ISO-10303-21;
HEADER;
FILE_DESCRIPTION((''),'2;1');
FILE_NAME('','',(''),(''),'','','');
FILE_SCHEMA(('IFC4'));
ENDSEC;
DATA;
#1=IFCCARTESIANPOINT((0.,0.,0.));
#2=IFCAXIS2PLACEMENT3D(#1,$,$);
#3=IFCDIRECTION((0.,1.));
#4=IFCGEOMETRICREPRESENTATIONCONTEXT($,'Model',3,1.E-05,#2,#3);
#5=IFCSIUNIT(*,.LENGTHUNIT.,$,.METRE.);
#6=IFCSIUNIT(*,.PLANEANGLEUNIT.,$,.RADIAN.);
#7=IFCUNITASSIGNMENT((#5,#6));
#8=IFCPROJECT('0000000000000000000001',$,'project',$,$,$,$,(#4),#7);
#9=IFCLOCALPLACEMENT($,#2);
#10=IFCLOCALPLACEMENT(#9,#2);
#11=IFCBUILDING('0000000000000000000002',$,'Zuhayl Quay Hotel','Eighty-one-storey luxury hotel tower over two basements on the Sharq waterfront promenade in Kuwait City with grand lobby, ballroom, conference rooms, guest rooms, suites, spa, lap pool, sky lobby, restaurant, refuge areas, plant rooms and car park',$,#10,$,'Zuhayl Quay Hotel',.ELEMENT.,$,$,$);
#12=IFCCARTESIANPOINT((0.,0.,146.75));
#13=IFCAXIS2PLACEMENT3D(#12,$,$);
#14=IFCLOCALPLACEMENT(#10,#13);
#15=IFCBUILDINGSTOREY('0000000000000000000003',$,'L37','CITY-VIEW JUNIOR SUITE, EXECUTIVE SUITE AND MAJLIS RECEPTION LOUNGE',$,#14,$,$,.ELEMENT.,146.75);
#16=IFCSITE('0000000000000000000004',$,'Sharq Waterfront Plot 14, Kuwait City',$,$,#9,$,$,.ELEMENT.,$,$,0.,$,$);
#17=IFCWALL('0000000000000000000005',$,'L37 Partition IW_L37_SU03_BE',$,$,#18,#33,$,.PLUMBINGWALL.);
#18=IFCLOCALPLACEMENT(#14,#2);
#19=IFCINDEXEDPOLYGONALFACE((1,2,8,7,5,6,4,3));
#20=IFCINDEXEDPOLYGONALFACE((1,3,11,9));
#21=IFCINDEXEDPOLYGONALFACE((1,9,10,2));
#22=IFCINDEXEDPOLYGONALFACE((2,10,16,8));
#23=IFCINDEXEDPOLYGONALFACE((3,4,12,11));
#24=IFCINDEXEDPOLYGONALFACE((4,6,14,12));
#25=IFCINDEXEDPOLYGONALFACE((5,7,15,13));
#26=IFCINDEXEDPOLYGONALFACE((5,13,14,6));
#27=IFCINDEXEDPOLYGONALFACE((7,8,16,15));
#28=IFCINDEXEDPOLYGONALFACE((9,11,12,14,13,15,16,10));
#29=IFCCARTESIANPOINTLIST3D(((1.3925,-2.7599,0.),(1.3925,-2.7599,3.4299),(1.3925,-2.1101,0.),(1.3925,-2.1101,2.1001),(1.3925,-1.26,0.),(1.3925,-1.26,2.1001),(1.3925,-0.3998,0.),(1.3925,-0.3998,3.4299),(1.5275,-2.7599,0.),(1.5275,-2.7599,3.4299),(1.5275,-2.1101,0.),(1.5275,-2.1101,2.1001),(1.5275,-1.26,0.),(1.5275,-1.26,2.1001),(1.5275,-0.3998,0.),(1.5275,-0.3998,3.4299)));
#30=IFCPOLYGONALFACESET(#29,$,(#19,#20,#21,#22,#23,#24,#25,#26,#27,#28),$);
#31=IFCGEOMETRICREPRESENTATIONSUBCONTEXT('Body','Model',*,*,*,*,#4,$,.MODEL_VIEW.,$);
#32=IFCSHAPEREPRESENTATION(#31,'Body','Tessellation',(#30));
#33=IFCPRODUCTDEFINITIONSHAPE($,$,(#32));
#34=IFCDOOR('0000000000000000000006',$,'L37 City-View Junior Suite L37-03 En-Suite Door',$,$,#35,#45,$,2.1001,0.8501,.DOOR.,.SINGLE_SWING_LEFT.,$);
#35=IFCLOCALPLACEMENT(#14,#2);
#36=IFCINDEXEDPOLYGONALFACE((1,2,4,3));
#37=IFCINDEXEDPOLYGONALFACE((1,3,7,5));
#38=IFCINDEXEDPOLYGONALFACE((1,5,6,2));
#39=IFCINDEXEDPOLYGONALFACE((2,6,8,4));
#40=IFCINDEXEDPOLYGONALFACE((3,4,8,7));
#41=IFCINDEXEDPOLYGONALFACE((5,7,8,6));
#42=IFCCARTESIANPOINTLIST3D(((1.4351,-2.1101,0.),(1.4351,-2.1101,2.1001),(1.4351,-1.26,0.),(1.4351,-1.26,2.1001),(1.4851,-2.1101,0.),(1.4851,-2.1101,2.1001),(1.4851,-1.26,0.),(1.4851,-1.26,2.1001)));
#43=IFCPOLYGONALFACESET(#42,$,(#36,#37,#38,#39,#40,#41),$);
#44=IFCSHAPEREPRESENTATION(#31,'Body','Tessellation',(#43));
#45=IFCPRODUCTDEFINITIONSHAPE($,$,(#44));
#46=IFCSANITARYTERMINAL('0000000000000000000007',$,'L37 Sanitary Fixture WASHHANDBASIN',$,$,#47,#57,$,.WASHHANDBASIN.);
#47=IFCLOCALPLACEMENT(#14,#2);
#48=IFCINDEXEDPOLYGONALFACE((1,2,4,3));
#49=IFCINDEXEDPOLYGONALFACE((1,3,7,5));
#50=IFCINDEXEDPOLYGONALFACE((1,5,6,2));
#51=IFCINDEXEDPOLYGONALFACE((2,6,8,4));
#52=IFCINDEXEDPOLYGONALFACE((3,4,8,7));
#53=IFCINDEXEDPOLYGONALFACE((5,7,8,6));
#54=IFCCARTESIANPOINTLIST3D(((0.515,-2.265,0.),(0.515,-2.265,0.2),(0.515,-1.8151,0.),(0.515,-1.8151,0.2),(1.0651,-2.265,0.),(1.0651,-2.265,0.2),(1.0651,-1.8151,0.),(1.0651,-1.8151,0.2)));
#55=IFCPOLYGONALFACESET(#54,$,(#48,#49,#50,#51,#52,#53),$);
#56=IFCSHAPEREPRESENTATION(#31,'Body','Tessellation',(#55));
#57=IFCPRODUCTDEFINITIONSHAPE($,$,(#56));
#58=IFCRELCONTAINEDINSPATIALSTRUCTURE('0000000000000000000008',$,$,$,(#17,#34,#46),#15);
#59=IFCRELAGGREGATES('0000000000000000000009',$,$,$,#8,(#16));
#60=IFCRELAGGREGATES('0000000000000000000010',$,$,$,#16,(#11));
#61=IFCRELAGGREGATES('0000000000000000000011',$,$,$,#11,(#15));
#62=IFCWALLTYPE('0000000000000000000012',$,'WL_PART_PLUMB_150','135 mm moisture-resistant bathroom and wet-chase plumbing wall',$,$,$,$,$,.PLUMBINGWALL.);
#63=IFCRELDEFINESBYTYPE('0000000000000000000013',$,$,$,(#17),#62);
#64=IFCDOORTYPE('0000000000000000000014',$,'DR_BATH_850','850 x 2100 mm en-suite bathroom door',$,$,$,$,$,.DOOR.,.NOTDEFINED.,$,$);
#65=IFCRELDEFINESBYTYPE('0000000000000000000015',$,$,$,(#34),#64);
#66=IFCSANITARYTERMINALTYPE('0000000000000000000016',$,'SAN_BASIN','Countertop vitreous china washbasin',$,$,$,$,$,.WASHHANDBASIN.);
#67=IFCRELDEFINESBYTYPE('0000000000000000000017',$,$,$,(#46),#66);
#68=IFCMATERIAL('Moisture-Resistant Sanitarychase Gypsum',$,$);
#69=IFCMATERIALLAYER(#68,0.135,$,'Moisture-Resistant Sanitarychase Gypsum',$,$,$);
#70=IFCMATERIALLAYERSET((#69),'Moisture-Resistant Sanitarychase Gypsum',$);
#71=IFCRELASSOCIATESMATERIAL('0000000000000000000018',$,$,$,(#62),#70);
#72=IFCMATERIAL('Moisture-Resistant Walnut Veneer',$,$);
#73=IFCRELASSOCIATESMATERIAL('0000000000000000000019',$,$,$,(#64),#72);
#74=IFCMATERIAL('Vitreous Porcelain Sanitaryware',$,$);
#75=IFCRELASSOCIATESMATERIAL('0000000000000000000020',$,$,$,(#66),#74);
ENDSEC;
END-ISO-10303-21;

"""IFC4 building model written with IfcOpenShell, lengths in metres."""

from ifc_helpers import new_model, si_unit, direction, frame, frame_2d, origin, origin_2d, place, context, subcontext, project, spatial, rectangle, extrude, material, layer, layer_set, type_object, element, fill, save


model = new_model("IFC4")

# Units and contexts
model_context = context("Model", 3, precision=1e-05, world=origin(), true_north=direction((0.0, 1.0)))
body_context = subcontext(model_context, "Body", "Model", "MODEL_VIEW")
ifc_project = project(units=[si_unit("LENGTHUNIT", "METRE"), si_unit("PLANEANGLEUNIT", "RADIAN")], contexts=[model_context])

# Site, building, storey
site_placement = place(None, origin())
site = spatial("IfcSite", under=ifc_project, at=site_placement, Name="Sharq Waterfront Plot 14, Kuwait City", CompositionType="ELEMENT", RefElevation=0.0)
building_placement = place(site_placement, origin())
building = spatial("IfcBuilding", under=site, at=building_placement, Name="Zuhayl Quay Hotel", Description="Eighty-one-storey luxury hotel tower over two basements on the Sharq waterfront promenade in Kuwait City with grand lobby, ballroom, conference rooms, guest rooms, suites, spa, lap pool, sky lobby, restaurant, refuge areas, plant rooms and car park", LongName="Zuhayl Quay Hotel", CompositionType="ELEMENT")
storey_placement = place(building_placement, frame((0.0, 0.0, 146.75)))
storey = spatial("IfcBuildingStorey", under=building, at=storey_placement, Name="L37", Description="CITY-VIEW JUNIOR SUITE, EXECUTIVE SUITE AND MAJLIS RECEPTION LOUNGE", CompositionType="ELEMENT", Elevation=146.75)

# Wall, opening, door
ifc_material_1 = material(Name="Moisture-Resistant Sanitarychase Gypsum")
ifc_layer_1 = layer(ifc_material_1, 0.135, Name="Moisture-Resistant Sanitarychase Gypsum")
ifc_layer_set_1 = layer_set([ifc_layer_1], Name="Moisture-Resistant Sanitarychase Gypsum")
wall_type_1 = type_object("IfcWallType", Name="WL_PART_PLUMB_150", Description="135 mm moisture-resistant bathroom and wet-chase plumbing wall", PredefinedType="PLUMBINGWALL", material=ifc_layer_set_1)
wall_1_placement = place(storey_placement, frame((1.46, -2.76, 0.0), z_axis=(0.0, 0.0, 1.0), x_axis=(0.0, 1.0, 0.0)))
wall_1 = element("IfcWall", 1, at=wall_1_placement, inside=storey, type_object=wall_type_1, Name="L37 Partition IW_L37_SU03_BE", PredefinedType="PLUMBINGWALL", context=body_context, shape_type="SweptSolid", body=[
    extrude(rectangle(XDim=2.3601, YDim=0.135, at=frame_2d((1.1802, 0.0))), origin(), (0.0, 0.0, 1.0), 3.4299),
])
opening_placement = place(wall_1_placement, frame((0.6499, 0.0, 0.0)))
opening = element("IfcOpeningElement", 2, at=opening_placement, cuts=wall_1, PredefinedType="OPENING", context=body_context, shape_type="SweptSolid", body=[
    extrude(rectangle(XDim=0.8501, YDim=2.1001, at=frame_2d((0.425, 1.05))), frame((0.0, 0.0774, 0.0), z_axis=(0.0, -1.0, 0.0), x_axis=(1.0, 0.0, 0.0)), (0.0, 0.0, 1.0), 0.155),
])
ifc_material_2 = material(Name="Moisture-Resistant Walnut Veneer")
door_type = type_object("IfcDoorType", Name="DR_BATH_850", Description="850 x 2100 mm en-suite bathroom door", OperationType="NOTDEFINED", PredefinedType="DOOR", material=ifc_material_2)
door_placement = place(opening_placement, origin())
door = element("IfcDoor", 3, at=door_placement, inside=storey, type_object=door_type, Name="L37 City-View Junior Suite L37-03 En-Suite Door", OperationType="SINGLE_SWING_LEFT", OverallHeight=2.1001, OverallWidth=0.8501, PredefinedType="DOOR", context=body_context, shape_type="SweptSolid", body=[
    extrude(rectangle(XDim=0.8501, YDim=2.1001, at=frame_2d((0.425, 1.05))), frame((0.0, 0.0249, 0.0), z_axis=(0.0, -1.0, 0.0), x_axis=(1.0, 0.0, 0.0)), (0.0, 0.0, 1.0), 0.05),
])
fill(opening, door)

# Sanitary terminal
ifc_material_3 = material(Name="Vitreous Porcelain Sanitaryware")
sanitary_terminal_type = type_object("IfcSanitaryTerminalType", Name="SAN_BASIN", Description="Countertop vitreous china washbasin", PredefinedType="WASHHANDBASIN", material=ifc_material_3)
sanitary_terminal_placement = place(storey_placement, frame((0.79, -2.04, 0.0), z_axis=(0.0, 0.0, 1.0), x_axis=(1.0, 0.0, 0.0)))
element("IfcSanitaryTerminal", 4, at=sanitary_terminal_placement, inside=storey, type_object=sanitary_terminal_type, Name="L37 Sanitary Fixture WASHHANDBASIN", PredefinedType="WASHHANDBASIN", context=body_context, shape_type="SweptSolid", body=[
    extrude(rectangle(XDim=0.55, YDim=0.45, at=origin_2d()), origin(), (0.0, 0.0, 1.0), 0.2),
])

save(model, "model.ifc")
